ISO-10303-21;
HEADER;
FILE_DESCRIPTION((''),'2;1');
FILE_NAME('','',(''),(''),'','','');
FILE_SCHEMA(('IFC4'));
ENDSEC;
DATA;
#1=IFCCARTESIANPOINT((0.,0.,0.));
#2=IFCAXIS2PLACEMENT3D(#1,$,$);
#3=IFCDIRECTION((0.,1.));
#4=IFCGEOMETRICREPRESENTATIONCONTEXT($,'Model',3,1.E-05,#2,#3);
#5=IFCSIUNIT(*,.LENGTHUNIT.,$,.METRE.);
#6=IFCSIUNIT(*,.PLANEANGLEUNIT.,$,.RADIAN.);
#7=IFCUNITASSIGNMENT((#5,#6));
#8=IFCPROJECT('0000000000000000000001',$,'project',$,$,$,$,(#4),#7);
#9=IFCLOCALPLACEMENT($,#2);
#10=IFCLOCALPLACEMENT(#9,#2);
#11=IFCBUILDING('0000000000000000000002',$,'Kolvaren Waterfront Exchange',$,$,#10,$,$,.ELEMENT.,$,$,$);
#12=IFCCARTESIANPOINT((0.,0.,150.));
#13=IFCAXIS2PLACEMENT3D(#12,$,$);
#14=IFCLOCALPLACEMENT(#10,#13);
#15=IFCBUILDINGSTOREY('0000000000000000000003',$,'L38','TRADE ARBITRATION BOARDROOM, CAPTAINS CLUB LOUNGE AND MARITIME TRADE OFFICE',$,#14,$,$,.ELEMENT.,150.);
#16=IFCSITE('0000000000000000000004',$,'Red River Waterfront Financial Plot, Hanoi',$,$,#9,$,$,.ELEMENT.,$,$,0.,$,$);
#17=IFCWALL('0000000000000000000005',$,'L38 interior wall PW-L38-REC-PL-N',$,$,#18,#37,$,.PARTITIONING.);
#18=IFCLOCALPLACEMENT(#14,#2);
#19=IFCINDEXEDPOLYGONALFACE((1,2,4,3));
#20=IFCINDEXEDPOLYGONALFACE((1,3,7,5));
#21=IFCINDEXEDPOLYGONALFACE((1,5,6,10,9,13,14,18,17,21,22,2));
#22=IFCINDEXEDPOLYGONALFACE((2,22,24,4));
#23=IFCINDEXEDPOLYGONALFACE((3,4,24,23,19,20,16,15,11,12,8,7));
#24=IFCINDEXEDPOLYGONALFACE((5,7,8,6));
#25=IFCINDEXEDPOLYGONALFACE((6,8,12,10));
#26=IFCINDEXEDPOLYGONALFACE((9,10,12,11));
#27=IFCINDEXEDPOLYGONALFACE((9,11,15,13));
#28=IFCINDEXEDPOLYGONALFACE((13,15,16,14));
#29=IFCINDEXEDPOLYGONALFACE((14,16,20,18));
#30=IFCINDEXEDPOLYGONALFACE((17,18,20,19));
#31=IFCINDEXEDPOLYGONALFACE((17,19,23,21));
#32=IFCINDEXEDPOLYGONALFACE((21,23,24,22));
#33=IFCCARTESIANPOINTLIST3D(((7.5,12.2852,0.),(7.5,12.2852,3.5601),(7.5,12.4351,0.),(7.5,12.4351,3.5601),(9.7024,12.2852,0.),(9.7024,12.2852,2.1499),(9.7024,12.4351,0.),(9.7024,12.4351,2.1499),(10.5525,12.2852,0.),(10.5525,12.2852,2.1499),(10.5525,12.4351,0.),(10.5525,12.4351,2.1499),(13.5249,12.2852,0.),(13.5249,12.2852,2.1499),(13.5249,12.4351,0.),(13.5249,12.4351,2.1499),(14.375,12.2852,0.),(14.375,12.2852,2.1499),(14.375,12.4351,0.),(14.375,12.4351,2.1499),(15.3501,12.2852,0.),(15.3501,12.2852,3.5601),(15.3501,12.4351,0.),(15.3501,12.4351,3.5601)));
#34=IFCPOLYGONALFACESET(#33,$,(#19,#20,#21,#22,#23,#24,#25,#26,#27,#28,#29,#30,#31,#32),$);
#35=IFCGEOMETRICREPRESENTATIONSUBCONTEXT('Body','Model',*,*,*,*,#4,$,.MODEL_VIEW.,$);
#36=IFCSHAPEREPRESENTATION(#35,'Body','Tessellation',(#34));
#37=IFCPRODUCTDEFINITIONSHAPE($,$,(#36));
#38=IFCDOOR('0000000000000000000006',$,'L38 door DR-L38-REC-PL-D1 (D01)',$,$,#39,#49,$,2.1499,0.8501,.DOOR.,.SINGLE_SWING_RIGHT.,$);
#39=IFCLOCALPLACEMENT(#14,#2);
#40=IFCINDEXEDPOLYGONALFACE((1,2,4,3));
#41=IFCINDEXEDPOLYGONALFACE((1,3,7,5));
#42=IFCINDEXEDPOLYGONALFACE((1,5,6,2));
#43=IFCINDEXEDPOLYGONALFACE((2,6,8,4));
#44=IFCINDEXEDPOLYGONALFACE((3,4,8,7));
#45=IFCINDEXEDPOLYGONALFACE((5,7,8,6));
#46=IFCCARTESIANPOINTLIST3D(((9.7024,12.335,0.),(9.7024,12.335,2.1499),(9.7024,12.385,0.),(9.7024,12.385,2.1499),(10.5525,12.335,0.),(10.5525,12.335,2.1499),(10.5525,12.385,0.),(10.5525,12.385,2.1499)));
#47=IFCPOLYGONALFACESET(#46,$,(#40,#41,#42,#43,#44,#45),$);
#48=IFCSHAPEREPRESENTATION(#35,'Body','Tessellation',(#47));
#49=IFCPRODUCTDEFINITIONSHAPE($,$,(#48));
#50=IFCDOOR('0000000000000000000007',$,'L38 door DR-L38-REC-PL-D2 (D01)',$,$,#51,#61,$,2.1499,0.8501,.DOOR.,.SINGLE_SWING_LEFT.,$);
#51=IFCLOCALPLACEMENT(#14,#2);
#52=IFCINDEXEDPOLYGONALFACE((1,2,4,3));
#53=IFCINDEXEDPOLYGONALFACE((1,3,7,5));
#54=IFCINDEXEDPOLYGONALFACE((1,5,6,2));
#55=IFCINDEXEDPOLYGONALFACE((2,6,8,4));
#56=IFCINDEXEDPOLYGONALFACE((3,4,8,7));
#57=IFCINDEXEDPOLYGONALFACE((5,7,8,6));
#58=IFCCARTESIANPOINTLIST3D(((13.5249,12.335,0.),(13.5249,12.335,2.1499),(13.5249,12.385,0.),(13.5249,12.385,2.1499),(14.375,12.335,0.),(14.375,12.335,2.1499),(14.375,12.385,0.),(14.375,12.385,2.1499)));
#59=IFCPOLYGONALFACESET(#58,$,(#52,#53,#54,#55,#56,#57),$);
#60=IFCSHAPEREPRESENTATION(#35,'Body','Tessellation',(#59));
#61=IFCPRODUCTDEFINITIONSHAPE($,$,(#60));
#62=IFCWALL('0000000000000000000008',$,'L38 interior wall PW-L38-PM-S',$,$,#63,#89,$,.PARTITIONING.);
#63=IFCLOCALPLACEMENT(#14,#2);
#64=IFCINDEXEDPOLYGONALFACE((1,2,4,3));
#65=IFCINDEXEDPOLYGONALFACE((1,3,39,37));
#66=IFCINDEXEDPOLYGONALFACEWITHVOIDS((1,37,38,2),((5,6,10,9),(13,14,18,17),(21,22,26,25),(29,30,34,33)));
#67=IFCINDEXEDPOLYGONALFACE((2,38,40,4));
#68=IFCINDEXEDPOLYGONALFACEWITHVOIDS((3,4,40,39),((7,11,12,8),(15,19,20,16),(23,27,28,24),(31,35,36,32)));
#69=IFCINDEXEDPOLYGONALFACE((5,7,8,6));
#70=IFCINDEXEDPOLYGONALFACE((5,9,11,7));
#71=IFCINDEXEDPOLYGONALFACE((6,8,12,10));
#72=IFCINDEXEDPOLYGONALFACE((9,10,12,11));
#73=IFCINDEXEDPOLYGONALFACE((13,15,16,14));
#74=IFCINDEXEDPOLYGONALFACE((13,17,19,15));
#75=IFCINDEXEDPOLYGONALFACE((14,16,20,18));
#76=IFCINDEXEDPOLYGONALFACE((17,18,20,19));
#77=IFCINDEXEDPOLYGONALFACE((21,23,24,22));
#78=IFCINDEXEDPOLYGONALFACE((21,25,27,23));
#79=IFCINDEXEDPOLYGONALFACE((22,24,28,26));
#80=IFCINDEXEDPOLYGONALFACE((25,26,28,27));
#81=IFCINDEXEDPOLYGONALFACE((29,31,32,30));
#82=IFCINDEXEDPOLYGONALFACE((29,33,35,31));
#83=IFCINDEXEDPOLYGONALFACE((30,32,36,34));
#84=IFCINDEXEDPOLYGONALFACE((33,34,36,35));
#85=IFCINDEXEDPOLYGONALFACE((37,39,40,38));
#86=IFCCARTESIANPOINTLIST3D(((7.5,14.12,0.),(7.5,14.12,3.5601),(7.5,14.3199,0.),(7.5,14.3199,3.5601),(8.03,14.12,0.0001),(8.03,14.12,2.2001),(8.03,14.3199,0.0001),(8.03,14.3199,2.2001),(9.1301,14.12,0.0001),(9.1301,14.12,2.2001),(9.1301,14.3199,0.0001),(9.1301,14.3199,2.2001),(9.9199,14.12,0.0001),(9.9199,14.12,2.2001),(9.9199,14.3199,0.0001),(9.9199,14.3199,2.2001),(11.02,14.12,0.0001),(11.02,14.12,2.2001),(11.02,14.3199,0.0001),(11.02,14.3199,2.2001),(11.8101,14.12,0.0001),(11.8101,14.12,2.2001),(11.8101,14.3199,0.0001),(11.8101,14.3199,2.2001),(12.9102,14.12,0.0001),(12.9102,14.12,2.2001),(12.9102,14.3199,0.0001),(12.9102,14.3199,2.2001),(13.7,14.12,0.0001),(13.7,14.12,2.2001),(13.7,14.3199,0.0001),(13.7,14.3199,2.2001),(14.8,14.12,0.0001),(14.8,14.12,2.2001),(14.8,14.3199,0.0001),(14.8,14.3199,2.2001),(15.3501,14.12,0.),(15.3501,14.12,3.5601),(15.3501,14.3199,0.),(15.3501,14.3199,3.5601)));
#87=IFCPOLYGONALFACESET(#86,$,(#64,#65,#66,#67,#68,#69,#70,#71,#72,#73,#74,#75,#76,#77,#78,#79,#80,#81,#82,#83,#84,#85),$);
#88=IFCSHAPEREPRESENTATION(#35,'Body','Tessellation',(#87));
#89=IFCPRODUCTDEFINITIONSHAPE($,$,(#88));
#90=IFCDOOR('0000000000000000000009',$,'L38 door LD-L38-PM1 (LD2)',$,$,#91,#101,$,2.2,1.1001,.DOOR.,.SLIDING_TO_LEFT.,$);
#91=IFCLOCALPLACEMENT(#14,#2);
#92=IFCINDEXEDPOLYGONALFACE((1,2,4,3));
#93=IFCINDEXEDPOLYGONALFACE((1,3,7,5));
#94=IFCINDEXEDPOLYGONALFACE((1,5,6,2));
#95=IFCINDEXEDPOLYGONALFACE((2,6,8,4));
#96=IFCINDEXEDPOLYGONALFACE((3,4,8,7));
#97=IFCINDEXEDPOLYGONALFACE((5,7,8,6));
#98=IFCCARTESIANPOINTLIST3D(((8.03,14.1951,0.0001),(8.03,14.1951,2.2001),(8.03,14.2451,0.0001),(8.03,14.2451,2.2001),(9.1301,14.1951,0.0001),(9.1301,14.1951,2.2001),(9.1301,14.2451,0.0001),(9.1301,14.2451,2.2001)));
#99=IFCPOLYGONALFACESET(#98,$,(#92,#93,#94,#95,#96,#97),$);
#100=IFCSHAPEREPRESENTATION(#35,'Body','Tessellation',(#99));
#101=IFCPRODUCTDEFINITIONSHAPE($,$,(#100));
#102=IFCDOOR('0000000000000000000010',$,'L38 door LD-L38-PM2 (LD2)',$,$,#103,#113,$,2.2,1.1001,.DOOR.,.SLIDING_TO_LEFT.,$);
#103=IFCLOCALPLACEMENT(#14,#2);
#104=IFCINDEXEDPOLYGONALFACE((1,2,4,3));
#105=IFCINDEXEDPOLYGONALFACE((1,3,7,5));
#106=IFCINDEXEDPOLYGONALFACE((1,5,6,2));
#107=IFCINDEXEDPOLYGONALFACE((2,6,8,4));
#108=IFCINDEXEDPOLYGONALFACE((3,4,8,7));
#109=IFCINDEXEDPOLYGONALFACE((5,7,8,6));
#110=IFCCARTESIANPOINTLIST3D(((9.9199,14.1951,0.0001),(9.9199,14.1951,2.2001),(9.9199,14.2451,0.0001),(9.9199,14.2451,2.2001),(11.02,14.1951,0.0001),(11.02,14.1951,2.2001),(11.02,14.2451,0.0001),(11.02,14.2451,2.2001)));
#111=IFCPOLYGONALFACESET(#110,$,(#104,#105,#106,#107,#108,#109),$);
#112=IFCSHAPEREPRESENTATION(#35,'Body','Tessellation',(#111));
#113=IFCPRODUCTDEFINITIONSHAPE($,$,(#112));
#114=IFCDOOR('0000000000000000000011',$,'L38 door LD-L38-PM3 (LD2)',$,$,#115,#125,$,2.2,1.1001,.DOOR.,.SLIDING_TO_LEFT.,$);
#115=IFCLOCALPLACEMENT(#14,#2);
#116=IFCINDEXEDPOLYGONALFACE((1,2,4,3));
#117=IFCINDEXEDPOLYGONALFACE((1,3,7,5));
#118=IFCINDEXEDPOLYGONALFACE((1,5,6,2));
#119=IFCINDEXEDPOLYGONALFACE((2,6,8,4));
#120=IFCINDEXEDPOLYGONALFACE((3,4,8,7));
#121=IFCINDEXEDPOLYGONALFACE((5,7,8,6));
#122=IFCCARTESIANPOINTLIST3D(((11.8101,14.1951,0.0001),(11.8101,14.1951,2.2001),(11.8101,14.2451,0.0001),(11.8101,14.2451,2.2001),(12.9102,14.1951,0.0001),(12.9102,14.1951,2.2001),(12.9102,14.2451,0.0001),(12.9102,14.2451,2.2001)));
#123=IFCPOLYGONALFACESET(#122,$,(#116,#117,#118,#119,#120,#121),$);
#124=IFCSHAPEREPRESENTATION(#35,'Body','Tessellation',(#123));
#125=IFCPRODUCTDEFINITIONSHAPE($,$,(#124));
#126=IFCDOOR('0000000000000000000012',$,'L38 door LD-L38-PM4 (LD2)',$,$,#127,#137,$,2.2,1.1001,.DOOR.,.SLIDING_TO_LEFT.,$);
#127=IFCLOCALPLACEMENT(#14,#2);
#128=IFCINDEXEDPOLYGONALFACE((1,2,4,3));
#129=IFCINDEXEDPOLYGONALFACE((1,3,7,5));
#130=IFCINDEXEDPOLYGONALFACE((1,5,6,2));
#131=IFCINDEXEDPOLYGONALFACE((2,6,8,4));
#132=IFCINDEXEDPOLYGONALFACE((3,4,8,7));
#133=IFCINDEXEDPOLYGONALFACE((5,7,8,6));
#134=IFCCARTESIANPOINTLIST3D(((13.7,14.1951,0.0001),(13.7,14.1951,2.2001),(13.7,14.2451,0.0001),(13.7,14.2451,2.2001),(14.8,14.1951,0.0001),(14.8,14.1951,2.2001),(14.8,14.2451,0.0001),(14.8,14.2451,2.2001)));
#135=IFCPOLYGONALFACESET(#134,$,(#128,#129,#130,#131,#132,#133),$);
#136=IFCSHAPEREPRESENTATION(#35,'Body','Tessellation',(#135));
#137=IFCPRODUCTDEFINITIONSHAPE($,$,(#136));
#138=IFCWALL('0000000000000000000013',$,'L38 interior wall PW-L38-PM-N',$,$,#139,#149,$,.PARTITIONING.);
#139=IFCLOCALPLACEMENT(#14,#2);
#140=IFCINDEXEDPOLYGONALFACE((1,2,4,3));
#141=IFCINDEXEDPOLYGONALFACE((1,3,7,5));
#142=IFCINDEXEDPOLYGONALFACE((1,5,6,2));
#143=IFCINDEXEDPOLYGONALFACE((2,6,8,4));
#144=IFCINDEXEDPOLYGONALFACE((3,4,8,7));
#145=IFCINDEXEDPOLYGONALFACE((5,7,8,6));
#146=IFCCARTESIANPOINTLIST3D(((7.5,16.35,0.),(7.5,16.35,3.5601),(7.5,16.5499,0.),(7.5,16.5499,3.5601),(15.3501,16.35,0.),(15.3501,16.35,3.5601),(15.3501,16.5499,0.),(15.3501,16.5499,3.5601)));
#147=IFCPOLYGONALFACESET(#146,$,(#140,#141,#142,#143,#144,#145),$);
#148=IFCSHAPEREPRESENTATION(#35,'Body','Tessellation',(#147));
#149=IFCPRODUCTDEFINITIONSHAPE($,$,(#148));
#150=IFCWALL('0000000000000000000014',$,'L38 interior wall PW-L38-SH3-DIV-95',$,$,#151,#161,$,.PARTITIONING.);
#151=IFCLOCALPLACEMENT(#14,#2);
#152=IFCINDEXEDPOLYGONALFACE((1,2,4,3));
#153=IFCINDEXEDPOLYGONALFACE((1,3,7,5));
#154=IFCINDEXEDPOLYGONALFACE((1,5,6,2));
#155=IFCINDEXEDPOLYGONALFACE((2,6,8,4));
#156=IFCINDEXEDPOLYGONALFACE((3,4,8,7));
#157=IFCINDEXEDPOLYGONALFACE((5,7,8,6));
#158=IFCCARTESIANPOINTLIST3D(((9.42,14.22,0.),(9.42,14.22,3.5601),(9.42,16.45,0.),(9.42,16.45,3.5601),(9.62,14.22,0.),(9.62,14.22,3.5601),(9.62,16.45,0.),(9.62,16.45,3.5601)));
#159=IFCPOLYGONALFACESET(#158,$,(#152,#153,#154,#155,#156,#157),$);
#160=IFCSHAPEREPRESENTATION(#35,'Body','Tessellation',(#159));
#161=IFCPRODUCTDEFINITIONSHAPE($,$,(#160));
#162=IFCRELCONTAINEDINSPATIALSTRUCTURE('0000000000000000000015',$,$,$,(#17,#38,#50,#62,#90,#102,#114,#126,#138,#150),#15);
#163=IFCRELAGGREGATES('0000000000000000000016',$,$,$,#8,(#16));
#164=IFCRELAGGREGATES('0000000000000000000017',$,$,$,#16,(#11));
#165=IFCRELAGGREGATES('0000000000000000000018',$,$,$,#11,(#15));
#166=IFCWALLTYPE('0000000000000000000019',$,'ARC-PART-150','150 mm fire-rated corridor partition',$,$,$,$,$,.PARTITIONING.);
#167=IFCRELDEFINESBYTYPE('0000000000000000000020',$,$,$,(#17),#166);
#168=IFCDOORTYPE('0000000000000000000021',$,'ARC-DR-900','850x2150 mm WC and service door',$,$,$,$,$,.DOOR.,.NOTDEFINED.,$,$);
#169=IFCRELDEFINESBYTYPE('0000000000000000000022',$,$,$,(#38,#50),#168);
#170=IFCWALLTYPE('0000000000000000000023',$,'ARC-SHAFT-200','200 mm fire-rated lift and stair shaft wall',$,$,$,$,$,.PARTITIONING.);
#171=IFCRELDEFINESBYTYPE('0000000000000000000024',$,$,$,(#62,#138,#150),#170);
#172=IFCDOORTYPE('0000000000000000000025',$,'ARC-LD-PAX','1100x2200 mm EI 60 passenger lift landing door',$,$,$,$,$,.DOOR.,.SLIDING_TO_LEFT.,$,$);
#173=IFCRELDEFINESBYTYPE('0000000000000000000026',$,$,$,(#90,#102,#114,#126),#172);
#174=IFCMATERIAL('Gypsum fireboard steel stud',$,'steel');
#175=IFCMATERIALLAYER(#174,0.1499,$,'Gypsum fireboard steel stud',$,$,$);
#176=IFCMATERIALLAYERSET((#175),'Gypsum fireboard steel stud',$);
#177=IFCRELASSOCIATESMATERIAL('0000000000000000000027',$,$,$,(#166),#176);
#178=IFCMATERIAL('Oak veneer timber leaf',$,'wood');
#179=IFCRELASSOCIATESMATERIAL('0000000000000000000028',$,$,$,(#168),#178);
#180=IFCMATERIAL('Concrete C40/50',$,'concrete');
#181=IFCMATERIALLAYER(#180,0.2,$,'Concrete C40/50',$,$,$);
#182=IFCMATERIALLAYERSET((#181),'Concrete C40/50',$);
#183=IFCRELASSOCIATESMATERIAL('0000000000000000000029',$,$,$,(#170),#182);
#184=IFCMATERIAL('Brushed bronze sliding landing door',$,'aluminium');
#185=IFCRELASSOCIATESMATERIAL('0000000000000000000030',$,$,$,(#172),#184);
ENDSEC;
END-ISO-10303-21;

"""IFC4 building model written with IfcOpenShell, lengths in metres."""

from ifc_helpers import new_model, si_unit, direction, frame, frame_2d, origin, place, context, subcontext, project, spatial, rectangle, extrude, material, layer, layer_set, type_object, element, fill, save


model = new_model("IFC4")

# Units and contexts
model_context = context("Model", 3, precision=1e-05, world=origin(), true_north=direction((0.0, 1.0)))
body_context = subcontext(model_context, "Body", "Model", "MODEL_VIEW")
ifc_project = project(units=[si_unit("LENGTHUNIT", "METRE"), si_unit("PLANEANGLEUNIT", "RADIAN")], contexts=[model_context])

# Site, building, storey
site_placement = place(None, origin())
site = spatial("IfcSite", under=ifc_project, at=site_placement, Name="Red River Waterfront Financial Plot, Hanoi", CompositionType="ELEMENT", RefElevation=0.0)
building_placement = place(site_placement, origin())
building = spatial("IfcBuilding", under=site, at=building_placement, Name="Kolvaren Waterfront Exchange", CompositionType="ELEMENT")
storey_placement = place(building_placement, frame((0.0, 0.0, 150.0)))
storey = spatial("IfcBuildingStorey", under=building, at=storey_placement, Name="L38", Description="TRADE ARBITRATION BOARDROOM, CAPTAINS CLUB LOUNGE AND MARITIME TRADE OFFICE", CompositionType="ELEMENT", Elevation=150.0)

# Walls, openings, doors
ifc_material_1 = material(Name="Gypsum fireboard steel stud", Category="steel")
ifc_layer_1 = layer(ifc_material_1, 0.1499, Name="Gypsum fireboard steel stud")
ifc_layer_set_1 = layer_set([ifc_layer_1], Name="Gypsum fireboard steel stud")
wall_type_1 = type_object("IfcWallType", Name="ARC-PART-150", Description="150 mm fire-rated corridor partition", PredefinedType="PARTITIONING", material=ifc_layer_set_1)
wall_1_placement = place(storey_placement, frame((7.5, 12.3601, 0.0), z_axis=(0.0, 0.0, 1.0), x_axis=(1.0, 0.0, 0.0)))
wall_1 = element("IfcWall", 1, at=wall_1_placement, inside=storey, type_object=wall_type_1, Name="L38 interior wall PW-L38-REC-PL-N", PredefinedType="PARTITIONING", context=body_context, shape_type="SweptSolid", body=[
    extrude(rectangle(XDim=7.8501, YDim=0.1499, at=frame_2d((3.925, 0.0))), origin(), (0.0, 0.0, 1.0), 3.5601),
])
opening_1_placement = place(wall_1_placement, frame((2.2024, 0.0, 0.0)))
opening_1 = element("IfcOpeningElement", 2, at=opening_1_placement, cuts=wall_1, PredefinedType="OPENING", context=body_context, shape_type="SweptSolid", body=[
    extrude(rectangle(XDim=0.8501, YDim=2.1499, at=frame_2d((0.425, 1.075))), frame((0.0, 0.085, 0.0), z_axis=(0.0, -1.0, 0.0), x_axis=(1.0, 0.0, 0.0)), (0.0, 0.0, 1.0), 0.1699),
])
opening_2_placement = place(wall_1_placement, frame((6.0249, 0.0, 0.0)))
opening_2 = element("IfcOpeningElement", 3, at=opening_2_placement, cuts=wall_1, PredefinedType="OPENING", context=body_context, shape_type="SweptSolid", body=[
    extrude(rectangle(XDim=0.8501, YDim=2.1499, at=frame_2d((0.425, 1.075))), frame((0.0, 0.085, 0.0), z_axis=(0.0, -1.0, 0.0), x_axis=(1.0, 0.0, 0.0)), (0.0, 0.0, 1.0), 0.1699),
])
ifc_material_2 = material(Name="Oak veneer timber leaf", Category="wood")
door_type_1 = type_object("IfcDoorType", Name="ARC-DR-900", Description="850x2150 mm WC and service door", OperationType="NOTDEFINED", PredefinedType="DOOR", material=ifc_material_2)
door_1_placement = place(opening_1_placement, origin())
door_1 = element("IfcDoor", 4, at=door_1_placement, inside=storey, type_object=door_type_1, Name="L38 door DR-L38-REC-PL-D1 (D01)", OperationType="SINGLE_SWING_RIGHT", OverallHeight=2.1499, OverallWidth=0.8501, PredefinedType="DOOR", context=body_context, shape_type="SweptSolid", body=[
    extrude(rectangle(XDim=0.8501, YDim=2.1499, at=frame_2d((0.425, 1.075))), frame((0.0, 0.0249, 0.0), z_axis=(0.0, -1.0, 0.0), x_axis=(1.0, 0.0, 0.0)), (0.0, 0.0, 1.0), 0.05),
])
fill(opening_1, door_1)
door_2_placement = place(opening_2_placement, origin())
door_2 = element("IfcDoor", 5, at=door_2_placement, inside=storey, type_object=door_type_1, Name="L38 door DR-L38-REC-PL-D2 (D01)", OperationType="SINGLE_SWING_LEFT", OverallHeight=2.1499, OverallWidth=0.8501, PredefinedType="DOOR", context=body_context, shape_type="SweptSolid", body=[
    extrude(rectangle(XDim=0.8501, YDim=2.1499, at=frame_2d((0.425, 1.075))), frame((0.0, 0.0249, 0.0), z_axis=(0.0, -1.0, 0.0), x_axis=(1.0, 0.0, 0.0)), (0.0, 0.0, 1.0), 0.05),
])
fill(opening_2, door_2)
ifc_material_3 = material(Name="Concrete C40/50", Category="concrete")
ifc_layer_2 = layer(ifc_material_3, 0.2, Name="Concrete C40/50")
ifc_layer_set_2 = layer_set([ifc_layer_2], Name="Concrete C40/50")
wall_type_2 = type_object("IfcWallType", Name="ARC-SHAFT-200", Description="200 mm fire-rated lift and stair shaft wall", PredefinedType="PARTITIONING", material=ifc_layer_set_2)
wall_2_placement = place(storey_placement, frame((7.5, 14.22, 0.0), z_axis=(0.0, 0.0, 1.0), x_axis=(1.0, 0.0, 0.0)))
wall_2 = element("IfcWall", 6, at=wall_2_placement, inside=storey, type_object=wall_type_2, Name="L38 interior wall PW-L38-PM-S", PredefinedType="PARTITIONING", context=body_context, shape_type="SweptSolid", body=[
    extrude(rectangle(XDim=7.8501, YDim=0.2, at=frame_2d((3.925, 0.0))), origin(), (0.0, 0.0, 1.0), 3.5601),
])
opening_3_placement = place(wall_2_placement, frame((0.53, 0.0, 0.0)))
opening_3 = element("IfcOpeningElement", 7, at=opening_3_placement, cuts=wall_2, PredefinedType="OPENING", context=body_context, shape_type="SweptSolid", body=[
    extrude(rectangle(XDim=1.1001, YDim=2.2, at=frame_2d((0.55, 1.1001))), frame((0.0, 0.1099, 0.0), z_axis=(0.0, -1.0, 0.0), x_axis=(1.0, 0.0, 0.0)), (0.0, 0.0, 1.0), 0.22),
])
opening_4_placement = place(wall_2_placement, frame((2.4199, 0.0, 0.0)))
opening_4 = element("IfcOpeningElement", 8, at=opening_4_placement, cuts=wall_2, PredefinedType="OPENING", context=body_context, shape_type="SweptSolid", body=[
    extrude(rectangle(XDim=1.1001, YDim=2.2, at=frame_2d((0.55, 1.1001))), frame((0.0, 0.1099, 0.0), z_axis=(0.0, -1.0, 0.0), x_axis=(1.0, 0.0, 0.0)), (0.0, 0.0, 1.0), 0.22),
])
opening_5_placement = place(wall_2_placement, frame((4.3101, 0.0, 0.0)))
opening_5 = element("IfcOpeningElement", 9, at=opening_5_placement, cuts=wall_2, PredefinedType="OPENING", context=body_context, shape_type="SweptSolid", body=[
    extrude(rectangle(XDim=1.1001, YDim=2.2, at=frame_2d((0.55, 1.1001))), frame((0.0, 0.1099, 0.0), z_axis=(0.0, -1.0, 0.0), x_axis=(1.0, 0.0, 0.0)), (0.0, 0.0, 1.0), 0.22),
])
opening_6_placement = place(wall_2_placement, frame((6.2, 0.0, 0.0)))
opening_6 = element("IfcOpeningElement", 10, at=opening_6_placement, cuts=wall_2, PredefinedType="OPENING", context=body_context, shape_type="SweptSolid", body=[
    extrude(rectangle(XDim=1.1001, YDim=2.2, at=frame_2d((0.55, 1.1001))), frame((0.0, 0.1099, 0.0), z_axis=(0.0, -1.0, 0.0), x_axis=(1.0, 0.0, 0.0)), (0.0, 0.0, 1.0), 0.22),
])
ifc_material_4 = material(Name="Brushed bronze sliding landing door", Category="aluminium")
door_type_2 = type_object("IfcDoorType", Name="ARC-LD-PAX", Description="1100x2200 mm EI 60 passenger lift landing door", OperationType="SLIDING_TO_LEFT", PredefinedType="DOOR", material=ifc_material_4)
door_3_placement = place(opening_3_placement, frame((1.1001, 0.0, 0.0), z_axis=(0.0, 0.0, 1.0), x_axis=(-1.0, 0.0, 0.0)))
door_3 = element("IfcDoor", 11, at=door_3_placement, inside=storey, type_object=door_type_2, Name="L38 door LD-L38-PM1 (LD2)", OperationType="SLIDING_TO_LEFT", OverallHeight=2.2, OverallWidth=1.1001, PredefinedType="DOOR", context=body_context, shape_type="SweptSolid", body=[
    extrude(rectangle(XDim=1.1001, YDim=2.2, at=frame_2d((0.55, 1.1001))), frame((0.0, 0.0249, 0.0), z_axis=(0.0, -1.0, 0.0), x_axis=(1.0, 0.0, 0.0)), (0.0, 0.0, 1.0), 0.05),
])
fill(opening_3, door_3)
door_4_placement = place(opening_4_placement, frame((1.1001, 0.0, 0.0), z_axis=(0.0, 0.0, 1.0), x_axis=(-1.0, 0.0, 0.0)))
door_4 = element("IfcDoor", 12, at=door_4_placement, inside=storey, type_object=door_type_2, Name="L38 door LD-L38-PM2 (LD2)", OperationType="SLIDING_TO_LEFT", OverallHeight=2.2, OverallWidth=1.1001, PredefinedType="DOOR", context=body_context, shape_type="SweptSolid", body=[
    extrude(rectangle(XDim=1.1001, YDim=2.2, at=frame_2d((0.55, 1.1001))), frame((0.0, 0.0249, 0.0), z_axis=(0.0, -1.0, 0.0), x_axis=(1.0, 0.0, 0.0)), (0.0, 0.0, 1.0), 0.05),
])
fill(opening_4, door_4)
door_5_placement = place(opening_5_placement, frame((1.1001, 0.0, 0.0), z_axis=(0.0, 0.0, 1.0), x_axis=(-1.0, 0.0, 0.0)))
door_5 = element("IfcDoor", 13, at=door_5_placement, inside=storey, type_object=door_type_2, Name="L38 door LD-L38-PM3 (LD2)", OperationType="SLIDING_TO_LEFT", OverallHeight=2.2, OverallWidth=1.1001, PredefinedType="DOOR", context=body_context, shape_type="SweptSolid", body=[
    extrude(rectangle(XDim=1.1001, YDim=2.2, at=frame_2d((0.55, 1.1001))), frame((0.0, 0.0249, 0.0), z_axis=(0.0, -1.0, 0.0), x_axis=(1.0, 0.0, 0.0)), (0.0, 0.0, 1.0), 0.05),
])
fill(opening_5, door_5)
door_6_placement = place(opening_6_placement, frame((1.1001, 0.0, 0.0), z_axis=(0.0, 0.0, 1.0), x_axis=(-1.0, 0.0, 0.0)))
door_6 = element("IfcDoor", 14, at=door_6_placement, inside=storey, type_object=door_type_2, Name="L38 door LD-L38-PM4 (LD2)", OperationType="SLIDING_TO_LEFT", OverallHeight=2.2, OverallWidth=1.1001, PredefinedType="DOOR", context=body_context, shape_type="SweptSolid", body=[
    extrude(rectangle(XDim=1.1001, YDim=2.2, at=frame_2d((0.55, 1.1001))), frame((0.0, 0.0249, 0.0), z_axis=(0.0, -1.0, 0.0), x_axis=(1.0, 0.0, 0.0)), (0.0, 0.0, 1.0), 0.05),
])
fill(opening_6, door_6)

# Walls
wall_3_placement = place(storey_placement, frame((7.5, 16.45, 0.0), z_axis=(0.0, 0.0, 1.0), x_axis=(1.0, 0.0, 0.0)))
element("IfcWall", 15, at=wall_3_placement, inside=storey, type_object=wall_type_2, Name="L38 interior wall PW-L38-PM-N", PredefinedType="PARTITIONING", context=body_context, shape_type="SweptSolid", body=[
    extrude(rectangle(XDim=7.8501, YDim=0.2, at=frame_2d((3.925, 0.0))), origin(), (0.0, 0.0, 1.0), 3.5601),
])
for number, where, z_axis, x_axis, name in (
    (16, (9.52, 14.22, 0.0), (0.0, 0.0, 1.0), (0.0, 1.0, 0.0), "L38 interior wall PW-L38-SH3-DIV-95"),
):
    element("IfcWall", number, at=place(storey_placement, frame(where, z_axis=z_axis, x_axis=x_axis)), inside=storey, type_object=wall_type_2, Name=name, PredefinedType="PARTITIONING", context=body_context, shape_type="SweptSolid", body=[
        extrude(rectangle(XDim=2.23, YDim=0.2, at=frame_2d((1.115, 0.0))), origin(), (0.0, 0.0, 1.0), 3.5601),
    ])

save(model, "model.ifc")
